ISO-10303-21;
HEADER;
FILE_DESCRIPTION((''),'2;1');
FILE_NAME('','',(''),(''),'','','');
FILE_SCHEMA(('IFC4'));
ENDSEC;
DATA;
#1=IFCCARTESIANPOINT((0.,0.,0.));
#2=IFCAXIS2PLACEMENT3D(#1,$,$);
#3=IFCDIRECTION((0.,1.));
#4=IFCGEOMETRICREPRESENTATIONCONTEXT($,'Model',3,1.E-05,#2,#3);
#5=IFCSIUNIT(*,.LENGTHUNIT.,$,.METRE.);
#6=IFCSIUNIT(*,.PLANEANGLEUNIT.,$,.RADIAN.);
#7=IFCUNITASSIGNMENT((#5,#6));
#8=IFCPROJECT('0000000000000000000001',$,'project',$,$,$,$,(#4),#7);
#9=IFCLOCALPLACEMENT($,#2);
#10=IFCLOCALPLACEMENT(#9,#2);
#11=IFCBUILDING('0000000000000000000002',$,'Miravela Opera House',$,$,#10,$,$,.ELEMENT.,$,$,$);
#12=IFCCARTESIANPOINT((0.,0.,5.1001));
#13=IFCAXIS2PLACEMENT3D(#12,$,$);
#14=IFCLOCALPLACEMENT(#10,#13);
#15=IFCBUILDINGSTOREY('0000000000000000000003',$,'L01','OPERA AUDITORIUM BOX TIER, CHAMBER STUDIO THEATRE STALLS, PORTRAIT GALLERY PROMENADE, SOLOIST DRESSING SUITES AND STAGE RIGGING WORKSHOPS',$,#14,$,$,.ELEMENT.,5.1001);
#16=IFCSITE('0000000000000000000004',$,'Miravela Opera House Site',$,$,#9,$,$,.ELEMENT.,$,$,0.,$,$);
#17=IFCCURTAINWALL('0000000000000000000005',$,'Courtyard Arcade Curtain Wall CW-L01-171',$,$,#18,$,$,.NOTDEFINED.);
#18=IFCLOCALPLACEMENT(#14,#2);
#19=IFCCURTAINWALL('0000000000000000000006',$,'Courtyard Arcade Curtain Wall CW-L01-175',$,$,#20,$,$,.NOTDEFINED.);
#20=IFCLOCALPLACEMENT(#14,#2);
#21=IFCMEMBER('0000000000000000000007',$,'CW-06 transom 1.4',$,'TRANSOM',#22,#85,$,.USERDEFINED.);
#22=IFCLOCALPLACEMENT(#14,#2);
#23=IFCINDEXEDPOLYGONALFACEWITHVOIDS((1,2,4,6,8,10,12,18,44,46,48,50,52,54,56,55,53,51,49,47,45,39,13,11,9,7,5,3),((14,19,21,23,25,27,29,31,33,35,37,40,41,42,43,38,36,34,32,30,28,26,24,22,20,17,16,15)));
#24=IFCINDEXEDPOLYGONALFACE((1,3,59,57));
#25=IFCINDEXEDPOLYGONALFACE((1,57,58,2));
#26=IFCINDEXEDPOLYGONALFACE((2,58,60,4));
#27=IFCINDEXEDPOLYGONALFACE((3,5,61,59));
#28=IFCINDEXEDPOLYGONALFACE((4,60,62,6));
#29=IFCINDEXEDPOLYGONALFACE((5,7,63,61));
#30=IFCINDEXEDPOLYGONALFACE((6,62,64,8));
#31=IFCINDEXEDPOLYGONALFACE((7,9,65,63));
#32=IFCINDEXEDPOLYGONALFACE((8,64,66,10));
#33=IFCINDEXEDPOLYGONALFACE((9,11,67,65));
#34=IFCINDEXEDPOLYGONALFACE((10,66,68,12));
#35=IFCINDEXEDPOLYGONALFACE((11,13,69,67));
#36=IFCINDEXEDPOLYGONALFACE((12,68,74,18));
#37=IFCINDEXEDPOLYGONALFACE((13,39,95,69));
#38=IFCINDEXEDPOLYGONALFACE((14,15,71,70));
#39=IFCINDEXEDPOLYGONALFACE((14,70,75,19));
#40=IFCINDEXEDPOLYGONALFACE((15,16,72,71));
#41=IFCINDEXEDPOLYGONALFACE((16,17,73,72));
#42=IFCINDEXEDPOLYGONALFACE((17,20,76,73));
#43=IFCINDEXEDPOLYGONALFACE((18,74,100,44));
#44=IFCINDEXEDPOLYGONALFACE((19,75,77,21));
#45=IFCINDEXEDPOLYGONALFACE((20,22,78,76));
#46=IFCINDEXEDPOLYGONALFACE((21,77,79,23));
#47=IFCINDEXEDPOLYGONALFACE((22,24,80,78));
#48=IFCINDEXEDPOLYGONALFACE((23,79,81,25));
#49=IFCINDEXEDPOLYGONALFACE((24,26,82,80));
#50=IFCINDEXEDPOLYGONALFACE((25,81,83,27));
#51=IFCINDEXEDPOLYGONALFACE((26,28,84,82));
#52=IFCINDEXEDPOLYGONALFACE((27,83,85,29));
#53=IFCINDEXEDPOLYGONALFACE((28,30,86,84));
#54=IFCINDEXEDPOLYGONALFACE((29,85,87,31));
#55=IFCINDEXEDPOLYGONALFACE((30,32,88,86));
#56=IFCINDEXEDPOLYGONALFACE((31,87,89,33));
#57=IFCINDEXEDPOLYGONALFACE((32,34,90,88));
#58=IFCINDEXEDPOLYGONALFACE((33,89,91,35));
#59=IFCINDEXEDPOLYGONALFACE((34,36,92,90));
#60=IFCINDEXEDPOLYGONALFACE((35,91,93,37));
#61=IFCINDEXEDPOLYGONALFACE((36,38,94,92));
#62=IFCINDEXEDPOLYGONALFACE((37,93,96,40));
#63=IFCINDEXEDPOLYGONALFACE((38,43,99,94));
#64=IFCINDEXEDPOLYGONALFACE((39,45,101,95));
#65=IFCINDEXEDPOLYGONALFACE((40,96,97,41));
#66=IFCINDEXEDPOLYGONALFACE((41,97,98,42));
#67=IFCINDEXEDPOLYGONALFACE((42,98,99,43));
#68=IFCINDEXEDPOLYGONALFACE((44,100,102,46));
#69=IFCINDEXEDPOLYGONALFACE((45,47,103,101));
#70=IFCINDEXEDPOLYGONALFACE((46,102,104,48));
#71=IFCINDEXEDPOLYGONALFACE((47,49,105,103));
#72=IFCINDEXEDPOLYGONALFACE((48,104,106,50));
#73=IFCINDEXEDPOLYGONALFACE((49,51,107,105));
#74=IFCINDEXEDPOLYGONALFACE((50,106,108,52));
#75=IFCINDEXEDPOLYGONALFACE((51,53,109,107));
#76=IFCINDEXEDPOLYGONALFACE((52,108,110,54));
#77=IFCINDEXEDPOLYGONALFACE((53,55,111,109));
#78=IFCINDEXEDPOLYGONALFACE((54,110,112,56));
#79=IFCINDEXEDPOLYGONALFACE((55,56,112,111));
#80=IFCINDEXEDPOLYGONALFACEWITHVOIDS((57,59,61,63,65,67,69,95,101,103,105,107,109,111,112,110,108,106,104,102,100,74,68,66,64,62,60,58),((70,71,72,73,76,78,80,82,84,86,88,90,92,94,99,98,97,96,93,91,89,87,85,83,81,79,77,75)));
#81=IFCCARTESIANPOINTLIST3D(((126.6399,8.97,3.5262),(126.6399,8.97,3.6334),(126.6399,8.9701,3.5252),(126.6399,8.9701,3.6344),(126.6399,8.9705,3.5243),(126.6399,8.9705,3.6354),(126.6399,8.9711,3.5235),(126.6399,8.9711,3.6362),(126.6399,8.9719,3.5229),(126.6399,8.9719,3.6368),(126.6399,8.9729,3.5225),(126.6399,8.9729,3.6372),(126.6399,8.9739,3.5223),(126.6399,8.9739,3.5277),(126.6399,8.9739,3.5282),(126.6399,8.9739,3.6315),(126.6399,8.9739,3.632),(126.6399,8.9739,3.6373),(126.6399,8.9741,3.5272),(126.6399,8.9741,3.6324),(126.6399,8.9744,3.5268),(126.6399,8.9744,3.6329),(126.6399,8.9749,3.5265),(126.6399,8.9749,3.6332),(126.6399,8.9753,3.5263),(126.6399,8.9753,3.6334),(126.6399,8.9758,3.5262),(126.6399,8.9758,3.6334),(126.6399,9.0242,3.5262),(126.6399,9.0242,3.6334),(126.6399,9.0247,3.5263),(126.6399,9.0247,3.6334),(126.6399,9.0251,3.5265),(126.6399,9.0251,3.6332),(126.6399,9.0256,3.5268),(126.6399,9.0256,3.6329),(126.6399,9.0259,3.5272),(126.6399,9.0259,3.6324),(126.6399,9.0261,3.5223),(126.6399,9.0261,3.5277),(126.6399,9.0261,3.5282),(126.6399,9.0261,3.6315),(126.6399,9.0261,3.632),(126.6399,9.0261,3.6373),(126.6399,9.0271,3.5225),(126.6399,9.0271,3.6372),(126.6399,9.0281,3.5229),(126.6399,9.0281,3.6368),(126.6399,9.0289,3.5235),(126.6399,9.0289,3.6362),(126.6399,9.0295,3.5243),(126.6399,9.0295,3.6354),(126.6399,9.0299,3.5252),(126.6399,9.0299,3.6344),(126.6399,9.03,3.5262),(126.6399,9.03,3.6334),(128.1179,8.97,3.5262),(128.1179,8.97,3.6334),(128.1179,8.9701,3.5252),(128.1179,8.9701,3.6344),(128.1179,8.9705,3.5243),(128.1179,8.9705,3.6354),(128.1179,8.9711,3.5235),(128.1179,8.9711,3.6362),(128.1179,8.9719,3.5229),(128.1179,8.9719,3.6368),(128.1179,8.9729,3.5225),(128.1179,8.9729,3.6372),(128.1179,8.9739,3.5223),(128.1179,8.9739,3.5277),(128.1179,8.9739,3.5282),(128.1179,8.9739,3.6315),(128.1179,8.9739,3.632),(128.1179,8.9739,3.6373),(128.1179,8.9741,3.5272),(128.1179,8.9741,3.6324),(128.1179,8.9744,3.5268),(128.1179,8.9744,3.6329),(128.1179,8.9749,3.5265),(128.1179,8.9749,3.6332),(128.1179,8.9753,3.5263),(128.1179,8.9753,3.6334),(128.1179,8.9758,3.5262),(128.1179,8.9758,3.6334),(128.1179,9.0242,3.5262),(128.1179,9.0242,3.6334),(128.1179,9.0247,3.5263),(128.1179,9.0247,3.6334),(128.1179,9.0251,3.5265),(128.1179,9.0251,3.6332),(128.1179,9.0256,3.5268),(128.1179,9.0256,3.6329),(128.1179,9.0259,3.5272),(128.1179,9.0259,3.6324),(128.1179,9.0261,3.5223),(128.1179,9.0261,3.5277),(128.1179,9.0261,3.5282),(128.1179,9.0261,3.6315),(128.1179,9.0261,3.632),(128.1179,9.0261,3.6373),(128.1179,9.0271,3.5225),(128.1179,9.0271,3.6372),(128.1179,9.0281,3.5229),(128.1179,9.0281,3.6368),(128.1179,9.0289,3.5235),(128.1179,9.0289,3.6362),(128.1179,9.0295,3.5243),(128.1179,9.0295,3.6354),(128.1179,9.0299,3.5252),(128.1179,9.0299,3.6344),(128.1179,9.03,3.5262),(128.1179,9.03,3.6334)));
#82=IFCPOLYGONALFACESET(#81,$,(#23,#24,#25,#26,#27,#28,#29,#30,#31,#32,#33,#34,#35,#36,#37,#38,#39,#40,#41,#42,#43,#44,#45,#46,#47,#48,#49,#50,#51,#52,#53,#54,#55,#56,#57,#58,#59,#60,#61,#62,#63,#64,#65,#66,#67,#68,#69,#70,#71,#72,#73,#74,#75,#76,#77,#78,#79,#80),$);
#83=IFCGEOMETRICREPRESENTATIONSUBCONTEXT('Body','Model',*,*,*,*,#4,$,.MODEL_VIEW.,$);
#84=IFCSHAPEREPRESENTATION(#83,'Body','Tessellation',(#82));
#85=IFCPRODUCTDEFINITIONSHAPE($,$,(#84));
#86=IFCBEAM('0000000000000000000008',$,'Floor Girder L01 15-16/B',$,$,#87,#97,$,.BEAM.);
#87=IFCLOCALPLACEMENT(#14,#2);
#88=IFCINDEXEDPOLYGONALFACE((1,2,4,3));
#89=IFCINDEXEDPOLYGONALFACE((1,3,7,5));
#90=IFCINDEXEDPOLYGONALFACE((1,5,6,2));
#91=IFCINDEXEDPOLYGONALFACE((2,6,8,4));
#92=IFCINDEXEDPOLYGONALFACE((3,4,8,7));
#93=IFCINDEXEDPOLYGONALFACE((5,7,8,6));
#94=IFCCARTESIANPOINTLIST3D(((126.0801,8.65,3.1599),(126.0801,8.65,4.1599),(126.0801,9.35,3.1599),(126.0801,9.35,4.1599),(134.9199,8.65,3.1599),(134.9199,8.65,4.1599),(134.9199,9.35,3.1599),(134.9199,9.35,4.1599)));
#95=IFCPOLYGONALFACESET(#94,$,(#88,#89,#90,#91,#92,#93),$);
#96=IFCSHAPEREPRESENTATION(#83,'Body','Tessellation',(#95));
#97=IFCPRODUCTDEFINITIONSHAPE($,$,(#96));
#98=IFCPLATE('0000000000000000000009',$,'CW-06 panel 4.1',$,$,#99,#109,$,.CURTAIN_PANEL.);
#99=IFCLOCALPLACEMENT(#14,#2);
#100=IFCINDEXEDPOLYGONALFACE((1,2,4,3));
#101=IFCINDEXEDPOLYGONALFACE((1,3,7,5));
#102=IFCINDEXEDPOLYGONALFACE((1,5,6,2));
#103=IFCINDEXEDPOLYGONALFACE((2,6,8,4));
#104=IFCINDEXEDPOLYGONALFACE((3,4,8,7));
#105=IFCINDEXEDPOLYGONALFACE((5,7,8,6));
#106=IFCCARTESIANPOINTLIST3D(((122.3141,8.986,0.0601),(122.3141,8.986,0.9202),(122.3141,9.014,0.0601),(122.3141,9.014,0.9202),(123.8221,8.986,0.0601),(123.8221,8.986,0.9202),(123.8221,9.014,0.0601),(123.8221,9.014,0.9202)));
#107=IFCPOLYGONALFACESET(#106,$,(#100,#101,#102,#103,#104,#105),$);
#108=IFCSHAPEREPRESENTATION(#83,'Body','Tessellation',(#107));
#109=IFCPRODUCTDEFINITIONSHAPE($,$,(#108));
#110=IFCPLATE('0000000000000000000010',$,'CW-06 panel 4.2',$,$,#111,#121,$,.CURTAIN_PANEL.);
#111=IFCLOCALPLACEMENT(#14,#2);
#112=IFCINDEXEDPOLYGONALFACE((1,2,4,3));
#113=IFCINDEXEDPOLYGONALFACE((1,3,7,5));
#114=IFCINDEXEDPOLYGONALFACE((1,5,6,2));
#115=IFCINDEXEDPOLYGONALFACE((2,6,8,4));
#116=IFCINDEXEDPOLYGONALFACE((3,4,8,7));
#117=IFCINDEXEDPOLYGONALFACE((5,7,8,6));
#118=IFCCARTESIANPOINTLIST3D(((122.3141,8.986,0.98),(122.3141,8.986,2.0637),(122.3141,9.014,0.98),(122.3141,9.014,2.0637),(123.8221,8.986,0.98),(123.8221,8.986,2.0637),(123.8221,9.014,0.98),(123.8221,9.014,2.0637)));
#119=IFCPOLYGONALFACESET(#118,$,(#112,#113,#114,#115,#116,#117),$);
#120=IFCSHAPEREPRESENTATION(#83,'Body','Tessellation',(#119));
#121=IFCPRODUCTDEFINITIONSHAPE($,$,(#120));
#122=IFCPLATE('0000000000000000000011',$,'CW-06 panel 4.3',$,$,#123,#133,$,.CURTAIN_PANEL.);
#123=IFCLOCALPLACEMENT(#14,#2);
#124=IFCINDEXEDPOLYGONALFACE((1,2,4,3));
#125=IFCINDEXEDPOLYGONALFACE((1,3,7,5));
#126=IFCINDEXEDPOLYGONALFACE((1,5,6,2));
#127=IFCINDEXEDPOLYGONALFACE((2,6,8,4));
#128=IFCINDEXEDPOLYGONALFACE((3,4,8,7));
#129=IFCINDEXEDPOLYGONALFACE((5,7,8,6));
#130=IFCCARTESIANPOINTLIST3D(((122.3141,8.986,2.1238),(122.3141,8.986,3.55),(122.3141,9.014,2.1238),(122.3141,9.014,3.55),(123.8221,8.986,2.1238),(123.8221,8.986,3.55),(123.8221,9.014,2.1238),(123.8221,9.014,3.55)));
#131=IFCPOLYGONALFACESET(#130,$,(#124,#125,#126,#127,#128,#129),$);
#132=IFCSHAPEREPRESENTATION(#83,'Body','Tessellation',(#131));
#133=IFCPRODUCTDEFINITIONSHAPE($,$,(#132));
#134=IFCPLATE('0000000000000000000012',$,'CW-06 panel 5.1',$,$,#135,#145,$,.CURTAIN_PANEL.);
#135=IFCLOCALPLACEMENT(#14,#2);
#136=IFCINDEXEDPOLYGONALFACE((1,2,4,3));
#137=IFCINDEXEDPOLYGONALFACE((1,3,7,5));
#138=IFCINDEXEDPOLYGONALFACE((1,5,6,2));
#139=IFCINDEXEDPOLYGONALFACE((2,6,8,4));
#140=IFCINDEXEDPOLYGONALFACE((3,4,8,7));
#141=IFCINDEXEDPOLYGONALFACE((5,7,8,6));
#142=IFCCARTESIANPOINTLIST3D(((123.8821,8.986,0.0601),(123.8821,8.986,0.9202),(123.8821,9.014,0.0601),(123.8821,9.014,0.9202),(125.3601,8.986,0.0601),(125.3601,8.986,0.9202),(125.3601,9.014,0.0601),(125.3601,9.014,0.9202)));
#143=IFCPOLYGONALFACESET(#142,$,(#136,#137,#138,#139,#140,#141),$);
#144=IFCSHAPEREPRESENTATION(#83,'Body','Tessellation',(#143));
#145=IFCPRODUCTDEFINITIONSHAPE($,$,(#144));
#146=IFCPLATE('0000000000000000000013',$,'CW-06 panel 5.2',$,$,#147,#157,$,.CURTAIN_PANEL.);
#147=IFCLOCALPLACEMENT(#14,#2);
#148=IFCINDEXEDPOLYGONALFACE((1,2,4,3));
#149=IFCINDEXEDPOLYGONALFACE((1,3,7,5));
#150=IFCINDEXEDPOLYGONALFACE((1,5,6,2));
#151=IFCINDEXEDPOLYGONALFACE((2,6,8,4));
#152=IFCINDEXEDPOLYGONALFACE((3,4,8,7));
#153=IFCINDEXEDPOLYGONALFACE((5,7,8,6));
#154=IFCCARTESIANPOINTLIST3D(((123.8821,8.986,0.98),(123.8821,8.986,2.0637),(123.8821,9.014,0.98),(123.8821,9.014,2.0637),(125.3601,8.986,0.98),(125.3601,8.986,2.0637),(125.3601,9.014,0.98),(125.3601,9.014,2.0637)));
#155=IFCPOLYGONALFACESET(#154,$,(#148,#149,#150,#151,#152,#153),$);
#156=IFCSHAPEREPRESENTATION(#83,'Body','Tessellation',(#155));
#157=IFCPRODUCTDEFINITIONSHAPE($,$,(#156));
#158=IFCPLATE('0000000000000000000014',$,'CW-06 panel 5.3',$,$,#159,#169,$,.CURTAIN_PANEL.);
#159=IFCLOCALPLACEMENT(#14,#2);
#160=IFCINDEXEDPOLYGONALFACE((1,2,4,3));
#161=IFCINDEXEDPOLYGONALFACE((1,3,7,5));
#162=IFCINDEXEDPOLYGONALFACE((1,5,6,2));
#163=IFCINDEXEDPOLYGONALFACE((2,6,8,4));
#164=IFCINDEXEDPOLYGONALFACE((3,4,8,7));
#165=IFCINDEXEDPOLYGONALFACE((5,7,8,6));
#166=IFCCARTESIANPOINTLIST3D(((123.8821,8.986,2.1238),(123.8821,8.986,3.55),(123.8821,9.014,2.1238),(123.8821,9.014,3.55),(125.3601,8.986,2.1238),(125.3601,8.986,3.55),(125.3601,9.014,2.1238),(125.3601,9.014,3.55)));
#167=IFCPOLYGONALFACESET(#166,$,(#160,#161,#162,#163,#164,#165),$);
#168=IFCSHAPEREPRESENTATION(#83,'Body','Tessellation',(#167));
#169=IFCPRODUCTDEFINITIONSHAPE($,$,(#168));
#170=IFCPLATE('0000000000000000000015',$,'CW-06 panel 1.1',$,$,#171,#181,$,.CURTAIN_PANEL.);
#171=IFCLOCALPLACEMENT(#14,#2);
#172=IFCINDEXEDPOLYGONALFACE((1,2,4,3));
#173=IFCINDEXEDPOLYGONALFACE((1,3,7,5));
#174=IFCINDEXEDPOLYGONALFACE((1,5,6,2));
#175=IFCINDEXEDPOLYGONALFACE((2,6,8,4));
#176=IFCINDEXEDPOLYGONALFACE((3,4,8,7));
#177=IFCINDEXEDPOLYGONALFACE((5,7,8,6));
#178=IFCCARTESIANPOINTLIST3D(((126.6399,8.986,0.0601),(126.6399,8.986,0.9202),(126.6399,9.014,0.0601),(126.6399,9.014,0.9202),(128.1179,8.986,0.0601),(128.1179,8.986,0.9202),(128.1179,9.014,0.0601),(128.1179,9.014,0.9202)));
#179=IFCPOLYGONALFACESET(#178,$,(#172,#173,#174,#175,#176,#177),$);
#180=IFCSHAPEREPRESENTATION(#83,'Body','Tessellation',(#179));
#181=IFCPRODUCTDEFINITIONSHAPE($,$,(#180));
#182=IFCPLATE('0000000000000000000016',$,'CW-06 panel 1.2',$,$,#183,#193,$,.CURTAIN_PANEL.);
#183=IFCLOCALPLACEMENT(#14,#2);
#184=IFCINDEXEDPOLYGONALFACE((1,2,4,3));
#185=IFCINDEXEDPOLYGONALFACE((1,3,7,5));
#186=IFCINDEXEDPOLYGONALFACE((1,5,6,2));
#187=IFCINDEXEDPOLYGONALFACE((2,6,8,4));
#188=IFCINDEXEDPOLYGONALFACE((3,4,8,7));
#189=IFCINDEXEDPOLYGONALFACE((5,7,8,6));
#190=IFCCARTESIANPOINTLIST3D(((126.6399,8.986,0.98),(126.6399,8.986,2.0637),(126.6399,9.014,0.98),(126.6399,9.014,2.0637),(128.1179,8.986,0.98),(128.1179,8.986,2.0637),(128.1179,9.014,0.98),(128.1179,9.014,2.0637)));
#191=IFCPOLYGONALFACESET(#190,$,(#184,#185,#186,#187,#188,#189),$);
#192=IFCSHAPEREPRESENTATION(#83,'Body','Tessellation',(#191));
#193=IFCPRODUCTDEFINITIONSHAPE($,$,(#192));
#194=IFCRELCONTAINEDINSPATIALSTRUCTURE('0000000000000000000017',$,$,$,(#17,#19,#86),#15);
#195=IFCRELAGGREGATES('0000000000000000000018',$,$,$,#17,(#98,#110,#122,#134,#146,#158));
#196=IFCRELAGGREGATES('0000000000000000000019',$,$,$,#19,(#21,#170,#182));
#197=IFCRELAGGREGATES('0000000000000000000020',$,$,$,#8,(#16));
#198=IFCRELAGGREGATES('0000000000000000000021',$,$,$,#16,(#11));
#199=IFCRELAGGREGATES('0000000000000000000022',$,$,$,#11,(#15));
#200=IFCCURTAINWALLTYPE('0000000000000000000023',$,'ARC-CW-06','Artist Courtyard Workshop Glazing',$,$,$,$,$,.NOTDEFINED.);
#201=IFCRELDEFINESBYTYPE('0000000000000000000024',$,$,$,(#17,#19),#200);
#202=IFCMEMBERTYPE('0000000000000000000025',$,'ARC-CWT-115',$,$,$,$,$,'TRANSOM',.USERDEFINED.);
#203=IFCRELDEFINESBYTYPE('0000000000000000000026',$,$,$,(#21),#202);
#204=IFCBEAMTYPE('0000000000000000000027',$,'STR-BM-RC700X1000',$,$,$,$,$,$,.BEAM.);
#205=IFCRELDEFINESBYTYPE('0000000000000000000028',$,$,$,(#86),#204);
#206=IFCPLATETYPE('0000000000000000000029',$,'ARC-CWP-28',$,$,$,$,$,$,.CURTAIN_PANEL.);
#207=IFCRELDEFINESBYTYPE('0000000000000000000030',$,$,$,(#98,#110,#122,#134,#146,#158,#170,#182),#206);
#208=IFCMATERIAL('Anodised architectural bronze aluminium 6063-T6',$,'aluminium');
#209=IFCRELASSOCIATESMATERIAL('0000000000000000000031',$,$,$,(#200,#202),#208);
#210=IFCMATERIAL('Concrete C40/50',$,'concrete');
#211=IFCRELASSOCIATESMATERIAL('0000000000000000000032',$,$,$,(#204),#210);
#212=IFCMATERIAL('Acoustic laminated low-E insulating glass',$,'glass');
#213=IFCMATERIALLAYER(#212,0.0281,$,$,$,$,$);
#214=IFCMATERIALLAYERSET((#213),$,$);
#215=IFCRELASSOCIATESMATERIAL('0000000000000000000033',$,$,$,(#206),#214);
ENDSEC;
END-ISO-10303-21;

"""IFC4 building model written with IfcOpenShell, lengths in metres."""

from ifc_helpers import new_model, si_unit, direction, frame, origin, origin_2d, place, context, subcontext, project, spatial, rectangle, hollow_rectangle, extrude, material, layer, layer_set, material_profile, profile_set, type_object, element, aggregate, save


model = new_model("IFC4")

# Units and contexts
model_context = context("Model", 3, precision=1e-05, world=origin(), true_north=direction((0.0, 1.0)))
body_context = subcontext(model_context, "Body", "Model", "MODEL_VIEW")
ifc_project = project(units=[si_unit("LENGTHUNIT", "METRE"), si_unit("PLANEANGLEUNIT", "RADIAN")], contexts=[model_context])

# Site, building, storey
site_placement = place(None, origin())
site = spatial("IfcSite", under=ifc_project, at=site_placement, Name="Miravela Opera House Site", CompositionType="ELEMENT", RefElevation=0.0)
building_placement = place(site_placement, origin())
building = spatial("IfcBuilding", under=site, at=building_placement, Name="Miravela Opera House", CompositionType="ELEMENT")
storey_placement = place(building_placement, frame((0.0, 0.0, 5.1001)))
storey = spatial("IfcBuildingStorey", under=building, at=storey_placement, Name="L01", Description="OPERA AUDITORIUM BOX TIER, CHAMBER STUDIO THEATRE STALLS, PORTRAIT GALLERY PROMENADE, SOLOIST DRESSING SUITES AND STAGE RIGGING WORKSHOPS", CompositionType="ELEMENT", Elevation=5.1001)

# Curtain wall
ifc_material_1 = material(Name="Anodised architectural bronze aluminium 6063-T6", Category="aluminium")
curtain_wall_type = type_object("IfcCurtainWallType", Name="ARC-CW-06", Description="Artist Courtyard Workshop Glazing", PredefinedType="NOTDEFINED", material=ifc_material_1)
curtain_wall_1_placement = place(storey_placement, origin())
curtain_wall_1 = element("IfcCurtainWall", 1, at=curtain_wall_1_placement, inside=storey, type_object=curtain_wall_type, Name="Courtyard Arcade Curtain Wall CW-L01-171", PredefinedType="NOTDEFINED")

# Curtain wall
curtain_wall_2_placement = place(storey_placement, origin())
curtain_wall_2 = element("IfcCurtainWall", 2, at=curtain_wall_2_placement, inside=storey, type_object=curtain_wall_type, Name="Courtyard Arcade Curtain Wall CW-L01-175", PredefinedType="NOTDEFINED")

# Member
ifc_material_profile_1 = material_profile(ifc_material_1, hollow_rectangle(XDim=0.0601, YDim=0.115, WallThickness=0.0039, InnerFilletRadius=0.002, OuterFilletRadius=0.0039, at=origin_2d()), Name="CWT-60X115")
ifc_profile_set_1 = profile_set([ifc_material_profile_1])
member_type_1 = type_object("IfcMemberType", Name="ARC-CWT-115", ElementType="TRANSOM", PredefinedType="USERDEFINED", material=ifc_profile_set_1)
member_1_placement = place(storey_placement, frame((126.6399, 9.0, 3.5798), z_axis=(1.0, 0.0, 0.0), x_axis=(0.0, 1.0, 0.0)))
member_1 = element("IfcMember", 3, at=member_1_placement, type_object=member_type_1, Name="CW-06 transom 1.4", ObjectType="TRANSOM", PredefinedType="USERDEFINED", context=body_context, shape_type="SweptSolid", body=[
    extrude(hollow_rectangle(XDim=0.0601, YDim=0.115, WallThickness=0.0039, InnerFilletRadius=0.002, OuterFilletRadius=0.0039, at=origin_2d()), origin(), (0.0, 0.0, 1.0), 1.478),
])

# Beam
ifc_material_2 = material(Name="Concrete C40/50", Category="concrete")
ifc_material_profile_2 = material_profile(ifc_material_2, rectangle(XDim=0.7, YDim=1.0, at=origin_2d()), Name="RC-BM-700X1000")
ifc_profile_set_2 = profile_set([ifc_material_profile_2])
beam_type = type_object("IfcBeamType", Name="STR-BM-RC700X1000", PredefinedType="BEAM", material=ifc_profile_set_2)
beam_placement = place(storey_placement, frame((126.0801, 9.0, 3.6599), z_axis=(1.0, 0.0, 0.0), x_axis=(0.0, 1.0, 0.0)))
element("IfcBeam", 4, at=beam_placement, inside=storey, type_object=beam_type, Name="Floor Girder L01 15-16/B", PredefinedType="BEAM", context=body_context, shape_type="SweptSolid", body=[
    extrude(rectangle(XDim=0.7, YDim=1.0, at=origin_2d()), origin(), (0.0, 0.0, 1.0), 8.8398),
])

# Plates
ifc_material_3 = material(Name="Acoustic laminated low-E insulating glass", Category="glass")
ifc_layer = layer(ifc_material_3, 0.0281)
ifc_layer_set = layer_set([ifc_layer])
plate_type = type_object("IfcPlateType", Name="ARC-CWP-28", PredefinedType="CURTAIN_PANEL", material=ifc_layer_set)
plate_1_placement = place(storey_placement, frame((123.0681, 9.0, 0.0601), z_axis=(0.0, 0.0, 1.0), x_axis=(1.0, 0.0, 0.0)))
plate_1 = element("IfcPlate", 5, at=plate_1_placement, type_object=plate_type, Name="CW-06 panel 4.1", PredefinedType="CURTAIN_PANEL", context=body_context, shape_type="SweptSolid", body=[
    extrude(rectangle(XDim=1.5081, YDim=0.0281, at=origin_2d()), origin(), (0.0, 0.0, 1.0), 0.8601),
])
plate_2_placement = place(storey_placement, frame((123.0681, 9.0, 0.98), z_axis=(0.0, 0.0, 1.0), x_axis=(1.0, 0.0, 0.0)))
plate_2 = element("IfcPlate", 6, at=plate_2_placement, type_object=plate_type, Name="CW-06 panel 4.2", PredefinedType="CURTAIN_PANEL", context=body_context, shape_type="SweptSolid", body=[
    extrude(rectangle(XDim=1.5081, YDim=0.0281, at=origin_2d()), origin(), (0.0, 0.0, 1.0), 1.0837),
])
plate_3_placement = place(storey_placement, frame((123.0681, 9.0, 2.1238), z_axis=(0.0, 0.0, 1.0), x_axis=(1.0, 0.0, 0.0)))
plate_3 = element("IfcPlate", 7, at=plate_3_placement, type_object=plate_type, Name="CW-06 panel 4.3", PredefinedType="CURTAIN_PANEL", context=body_context, shape_type="SweptSolid", body=[
    extrude(rectangle(XDim=1.5081, YDim=0.0281, at=origin_2d()), origin(), (0.0, 0.0, 1.0), 1.4263),
])
plate_4_placement = place(storey_placement, frame((124.6211, 9.0, 0.0601), z_axis=(0.0, 0.0, 1.0), x_axis=(1.0, 0.0, 0.0)))
plate_4 = element("IfcPlate", 8, at=plate_4_placement, type_object=plate_type, Name="CW-06 panel 5.1", PredefinedType="CURTAIN_PANEL", context=body_context, shape_type="SweptSolid", body=[
    extrude(rectangle(XDim=1.478, YDim=0.0281, at=origin_2d()), origin(), (0.0, 0.0, 1.0), 0.8601),
])
plate_5_placement = place(storey_placement, frame((124.6211, 9.0, 0.98), z_axis=(0.0, 0.0, 1.0), x_axis=(1.0, 0.0, 0.0)))
plate_5 = element("IfcPlate", 9, at=plate_5_placement, type_object=plate_type, Name="CW-06 panel 5.2", PredefinedType="CURTAIN_PANEL", context=body_context, shape_type="SweptSolid", body=[
    extrude(rectangle(XDim=1.478, YDim=0.0281, at=origin_2d()), origin(), (0.0, 0.0, 1.0), 1.0837),
])
plate_6_placement = place(storey_placement, frame((124.6211, 9.0, 2.1238), z_axis=(0.0, 0.0, 1.0), x_axis=(1.0, 0.0, 0.0)))
plate_6 = element("IfcPlate", 10, at=plate_6_placement, type_object=plate_type, Name="CW-06 panel 5.3", PredefinedType="CURTAIN_PANEL", context=body_context, shape_type="SweptSolid", body=[
    extrude(rectangle(XDim=1.478, YDim=0.0281, at=origin_2d()), origin(), (0.0, 0.0, 1.0), 1.4263),
])
aggregate(curtain_wall_1, [plate_1, plate_2, plate_3, plate_4, plate_5, plate_6])
plate_7_placement = place(storey_placement, frame((127.3789, 9.0, 0.0601), z_axis=(0.0, 0.0, 1.0), x_axis=(1.0, 0.0, 0.0)))
plate_7 = element("IfcPlate", 11, at=plate_7_placement, type_object=plate_type, Name="CW-06 panel 1.1", PredefinedType="CURTAIN_PANEL", context=body_context, shape_type="SweptSolid", body=[
    extrude(rectangle(XDim=1.478, YDim=0.0281, at=origin_2d()), origin(), (0.0, 0.0, 1.0), 0.8601),
])
plate_8_placement = place(storey_placement, frame((127.3789, 9.0, 0.98), z_axis=(0.0, 0.0, 1.0), x_axis=(1.0, 0.0, 0.0)))
plate_8 = element("IfcPlate", 12, at=plate_8_placement, type_object=plate_type, Name="CW-06 panel 1.2", PredefinedType="CURTAIN_PANEL", context=body_context, shape_type="SweptSolid", body=[
    extrude(rectangle(XDim=1.478, YDim=0.0281, at=origin_2d()), origin(), (0.0, 0.0, 1.0), 1.0837),
])
aggregate(curtain_wall_2, [member_1, plate_7, plate_8])

save(model, "model.ifc")
